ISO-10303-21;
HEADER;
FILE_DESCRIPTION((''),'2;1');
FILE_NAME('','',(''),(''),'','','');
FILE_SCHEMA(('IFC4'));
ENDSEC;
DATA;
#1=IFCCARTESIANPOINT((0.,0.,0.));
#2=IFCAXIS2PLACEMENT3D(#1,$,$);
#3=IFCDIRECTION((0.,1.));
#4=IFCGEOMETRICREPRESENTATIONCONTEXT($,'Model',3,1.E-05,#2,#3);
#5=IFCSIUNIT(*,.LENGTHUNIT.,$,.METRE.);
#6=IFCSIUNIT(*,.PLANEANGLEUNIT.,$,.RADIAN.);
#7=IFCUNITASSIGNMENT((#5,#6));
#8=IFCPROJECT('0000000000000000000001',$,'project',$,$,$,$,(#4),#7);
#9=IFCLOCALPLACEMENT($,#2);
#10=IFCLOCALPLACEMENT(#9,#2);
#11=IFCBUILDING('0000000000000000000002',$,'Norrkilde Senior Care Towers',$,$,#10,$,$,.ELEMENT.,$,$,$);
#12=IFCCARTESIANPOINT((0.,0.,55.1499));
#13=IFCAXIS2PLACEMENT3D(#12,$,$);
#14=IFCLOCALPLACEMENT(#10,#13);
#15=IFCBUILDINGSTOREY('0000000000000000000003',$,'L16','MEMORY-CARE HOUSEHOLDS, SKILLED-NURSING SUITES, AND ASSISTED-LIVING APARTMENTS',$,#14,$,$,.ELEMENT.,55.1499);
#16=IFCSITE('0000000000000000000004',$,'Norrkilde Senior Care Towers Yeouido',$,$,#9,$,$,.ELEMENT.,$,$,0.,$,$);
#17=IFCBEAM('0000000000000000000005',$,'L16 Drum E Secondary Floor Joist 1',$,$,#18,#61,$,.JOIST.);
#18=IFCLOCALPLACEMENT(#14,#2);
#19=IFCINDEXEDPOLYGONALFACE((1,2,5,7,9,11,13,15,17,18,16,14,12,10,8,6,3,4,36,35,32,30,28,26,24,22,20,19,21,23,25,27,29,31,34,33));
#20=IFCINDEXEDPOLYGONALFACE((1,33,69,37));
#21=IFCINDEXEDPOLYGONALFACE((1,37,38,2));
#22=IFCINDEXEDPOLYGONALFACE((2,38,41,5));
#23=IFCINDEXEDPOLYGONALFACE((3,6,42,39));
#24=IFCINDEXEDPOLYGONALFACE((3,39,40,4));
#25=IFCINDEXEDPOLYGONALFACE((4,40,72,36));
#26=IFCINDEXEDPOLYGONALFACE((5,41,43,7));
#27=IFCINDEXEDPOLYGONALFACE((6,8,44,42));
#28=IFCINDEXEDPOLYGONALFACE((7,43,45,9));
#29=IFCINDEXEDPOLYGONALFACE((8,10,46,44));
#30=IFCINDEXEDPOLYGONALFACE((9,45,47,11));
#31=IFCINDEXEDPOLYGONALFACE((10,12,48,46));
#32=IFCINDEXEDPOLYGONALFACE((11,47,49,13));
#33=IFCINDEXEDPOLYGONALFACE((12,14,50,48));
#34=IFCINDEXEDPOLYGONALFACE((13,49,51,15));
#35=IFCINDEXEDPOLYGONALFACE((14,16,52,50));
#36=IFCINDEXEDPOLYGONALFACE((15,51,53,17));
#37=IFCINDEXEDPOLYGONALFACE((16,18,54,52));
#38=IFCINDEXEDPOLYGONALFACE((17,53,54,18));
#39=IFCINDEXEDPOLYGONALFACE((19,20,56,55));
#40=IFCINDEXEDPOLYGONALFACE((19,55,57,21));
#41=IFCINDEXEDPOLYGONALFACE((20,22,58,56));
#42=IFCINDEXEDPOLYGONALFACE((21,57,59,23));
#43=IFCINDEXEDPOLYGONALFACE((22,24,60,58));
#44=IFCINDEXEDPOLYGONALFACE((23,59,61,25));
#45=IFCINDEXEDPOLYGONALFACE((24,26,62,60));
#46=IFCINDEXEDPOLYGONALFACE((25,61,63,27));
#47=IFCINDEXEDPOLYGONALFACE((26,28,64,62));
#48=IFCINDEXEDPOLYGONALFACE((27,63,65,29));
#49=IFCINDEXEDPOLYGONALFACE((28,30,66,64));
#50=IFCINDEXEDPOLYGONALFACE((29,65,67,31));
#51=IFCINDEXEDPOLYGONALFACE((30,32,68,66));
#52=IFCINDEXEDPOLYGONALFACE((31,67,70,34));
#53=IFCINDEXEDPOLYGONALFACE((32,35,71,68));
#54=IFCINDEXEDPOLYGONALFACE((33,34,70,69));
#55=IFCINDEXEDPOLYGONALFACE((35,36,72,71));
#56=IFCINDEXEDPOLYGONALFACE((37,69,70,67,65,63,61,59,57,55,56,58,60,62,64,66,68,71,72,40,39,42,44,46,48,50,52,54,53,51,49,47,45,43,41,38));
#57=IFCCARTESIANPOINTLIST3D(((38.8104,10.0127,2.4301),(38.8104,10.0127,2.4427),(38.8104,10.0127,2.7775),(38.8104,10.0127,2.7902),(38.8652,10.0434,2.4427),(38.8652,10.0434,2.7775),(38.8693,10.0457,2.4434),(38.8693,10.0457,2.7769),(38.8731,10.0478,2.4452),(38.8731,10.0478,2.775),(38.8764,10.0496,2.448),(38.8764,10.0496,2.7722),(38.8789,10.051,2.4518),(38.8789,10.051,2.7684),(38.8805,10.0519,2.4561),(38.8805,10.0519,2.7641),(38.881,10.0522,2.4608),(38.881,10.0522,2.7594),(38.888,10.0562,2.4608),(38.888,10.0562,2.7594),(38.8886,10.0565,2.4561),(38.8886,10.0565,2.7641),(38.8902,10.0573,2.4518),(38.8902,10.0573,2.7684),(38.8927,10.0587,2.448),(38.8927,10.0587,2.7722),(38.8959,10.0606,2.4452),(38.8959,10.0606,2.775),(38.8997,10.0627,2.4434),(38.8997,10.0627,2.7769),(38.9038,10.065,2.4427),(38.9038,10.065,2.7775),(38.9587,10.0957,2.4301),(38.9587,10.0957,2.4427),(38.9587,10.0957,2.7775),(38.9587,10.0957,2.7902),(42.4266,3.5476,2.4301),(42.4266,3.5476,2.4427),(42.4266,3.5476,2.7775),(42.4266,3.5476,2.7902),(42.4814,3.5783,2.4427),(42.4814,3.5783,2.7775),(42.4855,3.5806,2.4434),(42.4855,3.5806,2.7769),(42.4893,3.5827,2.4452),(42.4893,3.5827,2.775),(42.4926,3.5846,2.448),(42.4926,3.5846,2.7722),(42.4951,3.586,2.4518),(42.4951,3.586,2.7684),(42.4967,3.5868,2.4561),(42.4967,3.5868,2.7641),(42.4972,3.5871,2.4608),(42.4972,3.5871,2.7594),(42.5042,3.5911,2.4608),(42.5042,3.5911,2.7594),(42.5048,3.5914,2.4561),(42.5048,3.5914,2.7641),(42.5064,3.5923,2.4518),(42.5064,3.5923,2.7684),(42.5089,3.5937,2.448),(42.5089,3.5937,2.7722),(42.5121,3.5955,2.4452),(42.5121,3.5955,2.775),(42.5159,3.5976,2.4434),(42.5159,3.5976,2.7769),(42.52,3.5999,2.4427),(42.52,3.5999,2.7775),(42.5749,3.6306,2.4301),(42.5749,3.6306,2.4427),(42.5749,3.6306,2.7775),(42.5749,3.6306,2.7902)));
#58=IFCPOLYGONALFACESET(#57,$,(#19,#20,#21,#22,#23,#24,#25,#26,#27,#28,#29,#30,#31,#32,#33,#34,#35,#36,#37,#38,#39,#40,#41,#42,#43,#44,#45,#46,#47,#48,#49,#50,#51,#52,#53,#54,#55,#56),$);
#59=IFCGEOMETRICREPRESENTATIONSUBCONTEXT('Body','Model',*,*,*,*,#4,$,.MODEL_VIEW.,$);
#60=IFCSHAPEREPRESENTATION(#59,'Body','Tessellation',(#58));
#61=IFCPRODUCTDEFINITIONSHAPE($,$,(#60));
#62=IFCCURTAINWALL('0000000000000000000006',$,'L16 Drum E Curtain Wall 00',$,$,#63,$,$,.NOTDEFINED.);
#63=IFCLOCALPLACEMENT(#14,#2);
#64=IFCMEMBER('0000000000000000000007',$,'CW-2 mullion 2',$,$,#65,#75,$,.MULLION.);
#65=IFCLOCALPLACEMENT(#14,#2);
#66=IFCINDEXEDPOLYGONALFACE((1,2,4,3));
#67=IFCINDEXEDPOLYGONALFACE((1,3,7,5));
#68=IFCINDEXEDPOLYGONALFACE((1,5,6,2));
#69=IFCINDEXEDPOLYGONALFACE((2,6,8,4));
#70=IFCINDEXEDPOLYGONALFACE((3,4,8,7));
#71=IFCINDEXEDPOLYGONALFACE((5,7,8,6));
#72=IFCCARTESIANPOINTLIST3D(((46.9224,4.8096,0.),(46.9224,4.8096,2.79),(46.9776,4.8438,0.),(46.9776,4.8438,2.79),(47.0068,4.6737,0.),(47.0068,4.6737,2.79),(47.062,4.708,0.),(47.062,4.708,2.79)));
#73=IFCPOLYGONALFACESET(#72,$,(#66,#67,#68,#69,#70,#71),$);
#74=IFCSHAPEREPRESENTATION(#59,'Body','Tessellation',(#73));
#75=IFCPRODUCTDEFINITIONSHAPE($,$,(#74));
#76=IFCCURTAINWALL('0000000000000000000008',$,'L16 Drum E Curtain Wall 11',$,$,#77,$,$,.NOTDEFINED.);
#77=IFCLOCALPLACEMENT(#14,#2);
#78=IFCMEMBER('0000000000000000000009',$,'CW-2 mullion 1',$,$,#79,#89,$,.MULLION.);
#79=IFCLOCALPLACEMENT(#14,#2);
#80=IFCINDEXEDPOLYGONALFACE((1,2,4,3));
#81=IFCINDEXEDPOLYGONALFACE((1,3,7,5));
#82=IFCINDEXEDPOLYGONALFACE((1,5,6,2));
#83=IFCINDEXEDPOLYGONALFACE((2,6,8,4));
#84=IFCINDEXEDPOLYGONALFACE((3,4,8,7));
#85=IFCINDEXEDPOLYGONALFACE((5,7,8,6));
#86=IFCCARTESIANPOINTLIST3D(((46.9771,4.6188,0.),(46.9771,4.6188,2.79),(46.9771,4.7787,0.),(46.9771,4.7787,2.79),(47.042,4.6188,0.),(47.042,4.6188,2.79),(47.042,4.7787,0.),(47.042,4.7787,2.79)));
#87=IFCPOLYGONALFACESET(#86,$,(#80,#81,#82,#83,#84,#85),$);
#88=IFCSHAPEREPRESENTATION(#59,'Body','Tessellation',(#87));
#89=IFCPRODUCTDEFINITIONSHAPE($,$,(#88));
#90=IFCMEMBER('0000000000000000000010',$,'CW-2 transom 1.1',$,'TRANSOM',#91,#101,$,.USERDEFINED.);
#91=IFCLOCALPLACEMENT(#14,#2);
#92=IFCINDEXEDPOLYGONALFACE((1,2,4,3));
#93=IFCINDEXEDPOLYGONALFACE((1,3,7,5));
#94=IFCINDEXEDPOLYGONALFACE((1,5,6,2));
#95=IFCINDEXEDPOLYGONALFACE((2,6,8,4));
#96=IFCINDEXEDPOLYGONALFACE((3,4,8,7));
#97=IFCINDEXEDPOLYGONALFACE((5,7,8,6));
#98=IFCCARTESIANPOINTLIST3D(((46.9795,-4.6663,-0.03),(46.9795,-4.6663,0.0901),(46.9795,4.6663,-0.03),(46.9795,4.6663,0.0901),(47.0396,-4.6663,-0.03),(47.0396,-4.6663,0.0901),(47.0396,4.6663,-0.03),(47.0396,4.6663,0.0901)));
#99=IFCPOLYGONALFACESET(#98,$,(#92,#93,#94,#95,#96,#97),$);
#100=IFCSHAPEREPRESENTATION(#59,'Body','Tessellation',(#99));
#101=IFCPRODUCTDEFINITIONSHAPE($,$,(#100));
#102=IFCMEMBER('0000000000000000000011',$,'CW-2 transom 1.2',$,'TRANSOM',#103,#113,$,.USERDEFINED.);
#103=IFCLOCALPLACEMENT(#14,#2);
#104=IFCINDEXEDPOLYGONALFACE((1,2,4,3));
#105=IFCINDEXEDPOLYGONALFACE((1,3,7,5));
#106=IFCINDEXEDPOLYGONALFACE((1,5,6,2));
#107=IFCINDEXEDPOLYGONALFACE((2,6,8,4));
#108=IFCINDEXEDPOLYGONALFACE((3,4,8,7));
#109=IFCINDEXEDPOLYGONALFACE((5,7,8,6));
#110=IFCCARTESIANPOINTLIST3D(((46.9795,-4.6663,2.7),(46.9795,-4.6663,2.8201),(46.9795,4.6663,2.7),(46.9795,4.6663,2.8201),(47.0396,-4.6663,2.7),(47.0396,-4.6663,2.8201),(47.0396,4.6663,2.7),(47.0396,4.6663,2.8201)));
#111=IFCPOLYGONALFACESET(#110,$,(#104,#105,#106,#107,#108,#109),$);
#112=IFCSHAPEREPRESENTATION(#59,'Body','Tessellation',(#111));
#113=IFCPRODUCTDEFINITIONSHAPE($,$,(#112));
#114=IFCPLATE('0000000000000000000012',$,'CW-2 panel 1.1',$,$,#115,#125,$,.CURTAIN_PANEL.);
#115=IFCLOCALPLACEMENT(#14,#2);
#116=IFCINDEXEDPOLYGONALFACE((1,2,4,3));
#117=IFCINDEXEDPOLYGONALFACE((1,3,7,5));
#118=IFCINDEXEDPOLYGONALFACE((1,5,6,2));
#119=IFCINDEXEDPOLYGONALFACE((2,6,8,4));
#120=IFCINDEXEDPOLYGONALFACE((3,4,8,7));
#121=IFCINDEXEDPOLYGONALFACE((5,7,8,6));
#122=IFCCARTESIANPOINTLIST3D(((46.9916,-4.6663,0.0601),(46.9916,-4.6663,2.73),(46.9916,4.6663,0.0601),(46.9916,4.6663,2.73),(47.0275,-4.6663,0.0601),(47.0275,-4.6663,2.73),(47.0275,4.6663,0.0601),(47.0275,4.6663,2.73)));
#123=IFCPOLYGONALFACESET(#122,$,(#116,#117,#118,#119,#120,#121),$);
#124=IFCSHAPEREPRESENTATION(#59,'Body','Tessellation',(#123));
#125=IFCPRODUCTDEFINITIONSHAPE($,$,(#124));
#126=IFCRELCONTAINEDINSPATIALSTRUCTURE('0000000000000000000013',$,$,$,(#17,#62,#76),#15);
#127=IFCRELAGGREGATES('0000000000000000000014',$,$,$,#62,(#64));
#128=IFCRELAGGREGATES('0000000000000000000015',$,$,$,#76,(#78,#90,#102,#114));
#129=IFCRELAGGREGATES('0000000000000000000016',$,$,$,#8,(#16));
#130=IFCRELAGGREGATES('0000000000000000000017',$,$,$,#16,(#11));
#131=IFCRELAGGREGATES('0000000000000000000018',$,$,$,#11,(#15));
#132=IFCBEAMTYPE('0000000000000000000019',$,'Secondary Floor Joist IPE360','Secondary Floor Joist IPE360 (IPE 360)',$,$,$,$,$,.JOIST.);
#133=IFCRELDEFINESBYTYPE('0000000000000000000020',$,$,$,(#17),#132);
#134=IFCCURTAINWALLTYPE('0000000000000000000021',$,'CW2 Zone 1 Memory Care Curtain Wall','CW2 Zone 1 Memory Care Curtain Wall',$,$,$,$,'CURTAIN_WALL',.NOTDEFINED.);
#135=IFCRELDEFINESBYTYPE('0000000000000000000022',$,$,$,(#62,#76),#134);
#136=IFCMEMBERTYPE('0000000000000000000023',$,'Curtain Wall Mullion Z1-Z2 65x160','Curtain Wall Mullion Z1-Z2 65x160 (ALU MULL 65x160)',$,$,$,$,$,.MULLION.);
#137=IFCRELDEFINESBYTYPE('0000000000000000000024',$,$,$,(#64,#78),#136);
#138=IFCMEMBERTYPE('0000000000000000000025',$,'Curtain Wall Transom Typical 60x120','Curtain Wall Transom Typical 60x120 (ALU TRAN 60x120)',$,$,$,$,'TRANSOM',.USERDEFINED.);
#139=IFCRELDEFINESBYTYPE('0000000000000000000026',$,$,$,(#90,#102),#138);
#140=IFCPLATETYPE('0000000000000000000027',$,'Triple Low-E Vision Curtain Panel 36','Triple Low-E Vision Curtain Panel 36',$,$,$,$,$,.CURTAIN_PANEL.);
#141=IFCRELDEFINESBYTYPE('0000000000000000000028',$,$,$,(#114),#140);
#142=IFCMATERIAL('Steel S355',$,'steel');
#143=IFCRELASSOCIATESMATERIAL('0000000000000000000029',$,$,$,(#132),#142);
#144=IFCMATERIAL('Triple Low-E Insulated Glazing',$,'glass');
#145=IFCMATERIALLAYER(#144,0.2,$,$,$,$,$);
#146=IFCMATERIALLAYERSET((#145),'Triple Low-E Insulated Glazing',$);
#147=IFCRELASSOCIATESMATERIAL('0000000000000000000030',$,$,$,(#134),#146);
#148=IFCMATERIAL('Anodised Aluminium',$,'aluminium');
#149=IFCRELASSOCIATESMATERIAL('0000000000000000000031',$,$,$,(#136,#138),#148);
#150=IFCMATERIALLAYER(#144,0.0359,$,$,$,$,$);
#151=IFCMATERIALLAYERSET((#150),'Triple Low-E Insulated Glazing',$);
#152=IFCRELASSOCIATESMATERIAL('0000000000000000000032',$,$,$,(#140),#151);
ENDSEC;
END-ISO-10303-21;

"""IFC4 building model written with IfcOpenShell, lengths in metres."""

from ifc_helpers import new_model, si_unit, direction, frame, origin, origin_2d, place, context, subcontext, project, spatial, rectangle, i_section, extrude, source, transform, mapped, material, layer, layer_set, material_profile, profile_set, type_object, type_shapes, element, aggregate, save


model = new_model("IFC4")

# Units and contexts
model_context = context("Model", 3, precision=1e-05, world=origin(), true_north=direction((0.0, 1.0)))
body_context = subcontext(model_context, "Body", "Model", "MODEL_VIEW")
ifc_project = project(units=[si_unit("LENGTHUNIT", "METRE"), si_unit("PLANEANGLEUNIT", "RADIAN")], contexts=[model_context])

# Site, building, storey
site_placement = place(None, origin())
site = spatial("IfcSite", under=ifc_project, at=site_placement, Name="Norrkilde Senior Care Towers Yeouido", CompositionType="ELEMENT", RefElevation=0.0)
building_placement = place(site_placement, origin())
building = spatial("IfcBuilding", under=site, at=building_placement, Name="Norrkilde Senior Care Towers", CompositionType="ELEMENT")
storey_placement = place(building_placement, frame((0.0, 0.0, 55.1499)))
storey = spatial("IfcBuildingStorey", under=building, at=storey_placement, Name="L16", Description="MEMORY-CARE HOUSEHOLDS, SKILLED-NURSING SUITES, AND ASSISTED-LIVING APARTMENTS", CompositionType="ELEMENT", Elevation=55.1499)

# Beam
ifc_material_1 = material(Name="Steel S355", Category="steel")
ifc_material_profile_1 = material_profile(ifc_material_1, i_section(OverallWidth=0.1699, OverallDepth=0.3601, WebThickness=0.0081, FlangeThickness=0.0127, FilletRadius=0.0181, at=origin_2d()), Name="IPE 360")
ifc_profile_set_1 = profile_set([ifc_material_profile_1], Name="Steel S355")
beam_type_1 = type_object("IfcBeamType", Name="Secondary Floor Joist IPE360", Description="Secondary Floor Joist IPE360 (IPE 360)", PredefinedType="JOIST", material=ifc_profile_set_1)
shared_shape_1 = source(origin(), body_context, "Body", "SweptSolid", [
    extrude(i_section(OverallWidth=0.1699, OverallDepth=0.3601, WebThickness=0.0081, FlangeThickness=0.0127, FilletRadius=0.0181, at=origin_2d()), origin(), (0.0, 0.0, 1.0), 7.4077),
])
type_shapes(beam_type_1, [shared_shape_1])
beam_1_placement = place(storey_placement, frame((42.5007, 3.5891, 2.6101), z_axis=(-0.488168, 0.87275, 0.0), x_axis=(-0.87275, -0.488168, 0.0)))
element("IfcBeam", 1, at=beam_1_placement, inside=storey, type_object=beam_type_1, Name="L16 Drum E Secondary Floor Joist 1", PredefinedType="JOIST", context=body_context, shape_type="MappedRepresentation", body=[
    mapped(shared_shape_1, transform((0.0, 0.0, 0.0), x_axis=(1.0, 0.0, 0.0), y_axis=(0.0, 1.0, 0.0), z_axis=(0.0, 0.0, 1.0), scale=1.0)),
])

# Curtain wall, member
ifc_material_2 = material(Name="Triple Low-E Insulated Glazing", Category="glass")
ifc_layer_1 = layer(ifc_material_2, 0.2)
ifc_layer_set_1 = layer_set([ifc_layer_1], Name="Triple Low-E Insulated Glazing")
curtain_wall_type = type_object("IfcCurtainWallType", Name="CW2 Zone 1 Memory Care Curtain Wall", Description="CW2 Zone 1 Memory Care Curtain Wall", ElementType="CURTAIN_WALL", PredefinedType="NOTDEFINED", material=ifc_layer_set_1)
curtain_wall_1_placement = place(storey_placement, origin())
curtain_wall_1 = element("IfcCurtainWall", 2, at=curtain_wall_1_placement, inside=storey, type_object=curtain_wall_type, Name="L16 Drum E Curtain Wall 00", PredefinedType="NOTDEFINED")
ifc_material_3 = material(Name="Anodised Aluminium", Category="aluminium")
ifc_material_profile_2 = material_profile(ifc_material_3, rectangle(XDim=0.0649, YDim=0.1599, at=origin_2d()), Name="ALU MULL 65x160")
ifc_profile_set_2 = profile_set([ifc_material_profile_2], Name="Anodised Aluminium")
member_type_1 = type_object("IfcMemberType", Name="Curtain Wall Mullion Z1-Z2 65x160", Description="Curtain Wall Mullion Z1-Z2 65x160 (ALU MULL 65x160)", PredefinedType="MULLION", material=ifc_profile_set_2)
shared_shape_2 = source(origin(), body_context, "Body", "SweptSolid", [
    extrude(rectangle(XDim=0.0649, YDim=0.1599, at=origin_2d()), origin(), (0.0, 0.0, 1.0), 2.79),
])
type_shapes(member_type_1, [shared_shape_2])
member_1_placement = place(storey_placement, frame((46.9922, 4.7588, 0.0), z_axis=(0.0, 0.0, 1.0), x_axis=(0.849306, 0.527901, 0.0)))
member_1 = element("IfcMember", 3, at=member_1_placement, type_object=member_type_1, Name="CW-2 mullion 2", PredefinedType="MULLION", context=body_context, shape_type="MappedRepresentation", body=[
    mapped(shared_shape_2, transform((0.0, 0.0, 0.0), x_axis=(1.0, 0.0, 0.0), y_axis=(0.0, 1.0, 0.0), z_axis=(0.0, 0.0, 1.0), scale=1.0)),
])
aggregate(curtain_wall_1, [member_1])

# Curtain wall, members, plate
curtain_wall_2_placement = place(storey_placement, origin())
curtain_wall_2 = element("IfcCurtainWall", 4, at=curtain_wall_2_placement, inside=storey, type_object=curtain_wall_type, Name="L16 Drum E Curtain Wall 11", PredefinedType="NOTDEFINED")
member_2_placement = place(storey_placement, frame((47.0095, 4.6987, 0.0), z_axis=(0.0, 0.0, 1.0), x_axis=(1.0, 0.0, 0.0)))
member_2 = element("IfcMember", 5, at=member_2_placement, type_object=member_type_1, Name="CW-2 mullion 1", PredefinedType="MULLION", context=body_context, shape_type="MappedRepresentation", body=[
    mapped(shared_shape_2, transform((0.0, 0.0, 0.0), x_axis=(1.0, 0.0, 0.0), y_axis=(0.0, 1.0, 0.0), z_axis=(0.0, 0.0, 1.0), scale=1.0)),
])
ifc_material_profile_3 = material_profile(ifc_material_3, rectangle(XDim=0.0601, YDim=0.1201, at=origin_2d()), Name="ALU TRAN 60x120")
ifc_profile_set_3 = profile_set([ifc_material_profile_3], Name="Anodised Aluminium")
member_type_2 = type_object("IfcMemberType", Name="Curtain Wall Transom Typical 60x120", Description="Curtain Wall Transom Typical 60x120 (ALU TRAN 60x120)", ElementType="TRANSOM", PredefinedType="USERDEFINED", material=ifc_profile_set_3)
shared_shape_3 = source(origin(), body_context, "Body", "SweptSolid", [
    extrude(rectangle(XDim=0.0601, YDim=0.1201, at=origin_2d()), origin(), (0.0, 0.0, 1.0), 9.3325),
])
type_shapes(member_type_2, [shared_shape_3])
member_3_placement = place(storey_placement, frame((47.0095, 4.6663, 0.03), z_axis=(0.0, -1.0, 0.0), x_axis=(1.0, 0.0, 0.0)))
member_3 = element("IfcMember", 6, at=member_3_placement, type_object=member_type_2, Name="CW-2 transom 1.1", ObjectType="TRANSOM", PredefinedType="USERDEFINED", context=body_context, shape_type="MappedRepresentation", body=[
    mapped(shared_shape_3, transform((0.0, 0.0, 0.0), x_axis=(1.0, 0.0, 0.0), y_axis=(0.0, 1.0, 0.0), z_axis=(0.0, 0.0, 1.0), scale=1.0)),
])
member_4_placement = place(storey_placement, frame((47.0095, 4.6663, 2.76), z_axis=(0.0, -1.0, 0.0), x_axis=(1.0, 0.0, 0.0)))
member_4 = element("IfcMember", 7, at=member_4_placement, type_object=member_type_2, Name="CW-2 transom 1.2", ObjectType="TRANSOM", PredefinedType="USERDEFINED", context=body_context, shape_type="MappedRepresentation", body=[
    mapped(shared_shape_3, transform((0.0, 0.0, 0.0), x_axis=(1.0, 0.0, 0.0), y_axis=(0.0, 1.0, 0.0), z_axis=(0.0, 0.0, 1.0), scale=1.0)),
])
ifc_layer_2 = layer(ifc_material_2, 0.0359)
ifc_layer_set_2 = layer_set([ifc_layer_2], Name="Triple Low-E Insulated Glazing")
plate_type = type_object("IfcPlateType", Name="Triple Low-E Vision Curtain Panel 36", Description="Triple Low-E Vision Curtain Panel 36", PredefinedType="CURTAIN_PANEL", material=ifc_layer_set_2)
shared_shape_4 = source(origin(), body_context, "Body", "SweptSolid", [
    extrude(rectangle(XDim=9.3325, YDim=0.0359, at=origin_2d()), origin(), (0.0, 0.0, 1.0), 2.6699),
])
type_shapes(plate_type, [shared_shape_4])
plate_placement = place(storey_placement, frame((47.0095, 0.0, 0.0601), z_axis=(0.0, 0.0, 1.0), x_axis=(0.0, -1.0, 0.0)))
plate = element("IfcPlate", 8, at=plate_placement, type_object=plate_type, Name="CW-2 panel 1.1", PredefinedType="CURTAIN_PANEL", context=body_context, shape_type="MappedRepresentation", body=[
    mapped(shared_shape_4, transform((0.0, 0.0, 0.0), x_axis=(1.0, 0.0, 0.0), y_axis=(0.0, 1.0, 0.0), z_axis=(0.0, 0.0, 1.0), scale=1.0)),
])
aggregate(curtain_wall_2, [member_2, member_3, member_4, plate])

save(model, "model.ifc")
